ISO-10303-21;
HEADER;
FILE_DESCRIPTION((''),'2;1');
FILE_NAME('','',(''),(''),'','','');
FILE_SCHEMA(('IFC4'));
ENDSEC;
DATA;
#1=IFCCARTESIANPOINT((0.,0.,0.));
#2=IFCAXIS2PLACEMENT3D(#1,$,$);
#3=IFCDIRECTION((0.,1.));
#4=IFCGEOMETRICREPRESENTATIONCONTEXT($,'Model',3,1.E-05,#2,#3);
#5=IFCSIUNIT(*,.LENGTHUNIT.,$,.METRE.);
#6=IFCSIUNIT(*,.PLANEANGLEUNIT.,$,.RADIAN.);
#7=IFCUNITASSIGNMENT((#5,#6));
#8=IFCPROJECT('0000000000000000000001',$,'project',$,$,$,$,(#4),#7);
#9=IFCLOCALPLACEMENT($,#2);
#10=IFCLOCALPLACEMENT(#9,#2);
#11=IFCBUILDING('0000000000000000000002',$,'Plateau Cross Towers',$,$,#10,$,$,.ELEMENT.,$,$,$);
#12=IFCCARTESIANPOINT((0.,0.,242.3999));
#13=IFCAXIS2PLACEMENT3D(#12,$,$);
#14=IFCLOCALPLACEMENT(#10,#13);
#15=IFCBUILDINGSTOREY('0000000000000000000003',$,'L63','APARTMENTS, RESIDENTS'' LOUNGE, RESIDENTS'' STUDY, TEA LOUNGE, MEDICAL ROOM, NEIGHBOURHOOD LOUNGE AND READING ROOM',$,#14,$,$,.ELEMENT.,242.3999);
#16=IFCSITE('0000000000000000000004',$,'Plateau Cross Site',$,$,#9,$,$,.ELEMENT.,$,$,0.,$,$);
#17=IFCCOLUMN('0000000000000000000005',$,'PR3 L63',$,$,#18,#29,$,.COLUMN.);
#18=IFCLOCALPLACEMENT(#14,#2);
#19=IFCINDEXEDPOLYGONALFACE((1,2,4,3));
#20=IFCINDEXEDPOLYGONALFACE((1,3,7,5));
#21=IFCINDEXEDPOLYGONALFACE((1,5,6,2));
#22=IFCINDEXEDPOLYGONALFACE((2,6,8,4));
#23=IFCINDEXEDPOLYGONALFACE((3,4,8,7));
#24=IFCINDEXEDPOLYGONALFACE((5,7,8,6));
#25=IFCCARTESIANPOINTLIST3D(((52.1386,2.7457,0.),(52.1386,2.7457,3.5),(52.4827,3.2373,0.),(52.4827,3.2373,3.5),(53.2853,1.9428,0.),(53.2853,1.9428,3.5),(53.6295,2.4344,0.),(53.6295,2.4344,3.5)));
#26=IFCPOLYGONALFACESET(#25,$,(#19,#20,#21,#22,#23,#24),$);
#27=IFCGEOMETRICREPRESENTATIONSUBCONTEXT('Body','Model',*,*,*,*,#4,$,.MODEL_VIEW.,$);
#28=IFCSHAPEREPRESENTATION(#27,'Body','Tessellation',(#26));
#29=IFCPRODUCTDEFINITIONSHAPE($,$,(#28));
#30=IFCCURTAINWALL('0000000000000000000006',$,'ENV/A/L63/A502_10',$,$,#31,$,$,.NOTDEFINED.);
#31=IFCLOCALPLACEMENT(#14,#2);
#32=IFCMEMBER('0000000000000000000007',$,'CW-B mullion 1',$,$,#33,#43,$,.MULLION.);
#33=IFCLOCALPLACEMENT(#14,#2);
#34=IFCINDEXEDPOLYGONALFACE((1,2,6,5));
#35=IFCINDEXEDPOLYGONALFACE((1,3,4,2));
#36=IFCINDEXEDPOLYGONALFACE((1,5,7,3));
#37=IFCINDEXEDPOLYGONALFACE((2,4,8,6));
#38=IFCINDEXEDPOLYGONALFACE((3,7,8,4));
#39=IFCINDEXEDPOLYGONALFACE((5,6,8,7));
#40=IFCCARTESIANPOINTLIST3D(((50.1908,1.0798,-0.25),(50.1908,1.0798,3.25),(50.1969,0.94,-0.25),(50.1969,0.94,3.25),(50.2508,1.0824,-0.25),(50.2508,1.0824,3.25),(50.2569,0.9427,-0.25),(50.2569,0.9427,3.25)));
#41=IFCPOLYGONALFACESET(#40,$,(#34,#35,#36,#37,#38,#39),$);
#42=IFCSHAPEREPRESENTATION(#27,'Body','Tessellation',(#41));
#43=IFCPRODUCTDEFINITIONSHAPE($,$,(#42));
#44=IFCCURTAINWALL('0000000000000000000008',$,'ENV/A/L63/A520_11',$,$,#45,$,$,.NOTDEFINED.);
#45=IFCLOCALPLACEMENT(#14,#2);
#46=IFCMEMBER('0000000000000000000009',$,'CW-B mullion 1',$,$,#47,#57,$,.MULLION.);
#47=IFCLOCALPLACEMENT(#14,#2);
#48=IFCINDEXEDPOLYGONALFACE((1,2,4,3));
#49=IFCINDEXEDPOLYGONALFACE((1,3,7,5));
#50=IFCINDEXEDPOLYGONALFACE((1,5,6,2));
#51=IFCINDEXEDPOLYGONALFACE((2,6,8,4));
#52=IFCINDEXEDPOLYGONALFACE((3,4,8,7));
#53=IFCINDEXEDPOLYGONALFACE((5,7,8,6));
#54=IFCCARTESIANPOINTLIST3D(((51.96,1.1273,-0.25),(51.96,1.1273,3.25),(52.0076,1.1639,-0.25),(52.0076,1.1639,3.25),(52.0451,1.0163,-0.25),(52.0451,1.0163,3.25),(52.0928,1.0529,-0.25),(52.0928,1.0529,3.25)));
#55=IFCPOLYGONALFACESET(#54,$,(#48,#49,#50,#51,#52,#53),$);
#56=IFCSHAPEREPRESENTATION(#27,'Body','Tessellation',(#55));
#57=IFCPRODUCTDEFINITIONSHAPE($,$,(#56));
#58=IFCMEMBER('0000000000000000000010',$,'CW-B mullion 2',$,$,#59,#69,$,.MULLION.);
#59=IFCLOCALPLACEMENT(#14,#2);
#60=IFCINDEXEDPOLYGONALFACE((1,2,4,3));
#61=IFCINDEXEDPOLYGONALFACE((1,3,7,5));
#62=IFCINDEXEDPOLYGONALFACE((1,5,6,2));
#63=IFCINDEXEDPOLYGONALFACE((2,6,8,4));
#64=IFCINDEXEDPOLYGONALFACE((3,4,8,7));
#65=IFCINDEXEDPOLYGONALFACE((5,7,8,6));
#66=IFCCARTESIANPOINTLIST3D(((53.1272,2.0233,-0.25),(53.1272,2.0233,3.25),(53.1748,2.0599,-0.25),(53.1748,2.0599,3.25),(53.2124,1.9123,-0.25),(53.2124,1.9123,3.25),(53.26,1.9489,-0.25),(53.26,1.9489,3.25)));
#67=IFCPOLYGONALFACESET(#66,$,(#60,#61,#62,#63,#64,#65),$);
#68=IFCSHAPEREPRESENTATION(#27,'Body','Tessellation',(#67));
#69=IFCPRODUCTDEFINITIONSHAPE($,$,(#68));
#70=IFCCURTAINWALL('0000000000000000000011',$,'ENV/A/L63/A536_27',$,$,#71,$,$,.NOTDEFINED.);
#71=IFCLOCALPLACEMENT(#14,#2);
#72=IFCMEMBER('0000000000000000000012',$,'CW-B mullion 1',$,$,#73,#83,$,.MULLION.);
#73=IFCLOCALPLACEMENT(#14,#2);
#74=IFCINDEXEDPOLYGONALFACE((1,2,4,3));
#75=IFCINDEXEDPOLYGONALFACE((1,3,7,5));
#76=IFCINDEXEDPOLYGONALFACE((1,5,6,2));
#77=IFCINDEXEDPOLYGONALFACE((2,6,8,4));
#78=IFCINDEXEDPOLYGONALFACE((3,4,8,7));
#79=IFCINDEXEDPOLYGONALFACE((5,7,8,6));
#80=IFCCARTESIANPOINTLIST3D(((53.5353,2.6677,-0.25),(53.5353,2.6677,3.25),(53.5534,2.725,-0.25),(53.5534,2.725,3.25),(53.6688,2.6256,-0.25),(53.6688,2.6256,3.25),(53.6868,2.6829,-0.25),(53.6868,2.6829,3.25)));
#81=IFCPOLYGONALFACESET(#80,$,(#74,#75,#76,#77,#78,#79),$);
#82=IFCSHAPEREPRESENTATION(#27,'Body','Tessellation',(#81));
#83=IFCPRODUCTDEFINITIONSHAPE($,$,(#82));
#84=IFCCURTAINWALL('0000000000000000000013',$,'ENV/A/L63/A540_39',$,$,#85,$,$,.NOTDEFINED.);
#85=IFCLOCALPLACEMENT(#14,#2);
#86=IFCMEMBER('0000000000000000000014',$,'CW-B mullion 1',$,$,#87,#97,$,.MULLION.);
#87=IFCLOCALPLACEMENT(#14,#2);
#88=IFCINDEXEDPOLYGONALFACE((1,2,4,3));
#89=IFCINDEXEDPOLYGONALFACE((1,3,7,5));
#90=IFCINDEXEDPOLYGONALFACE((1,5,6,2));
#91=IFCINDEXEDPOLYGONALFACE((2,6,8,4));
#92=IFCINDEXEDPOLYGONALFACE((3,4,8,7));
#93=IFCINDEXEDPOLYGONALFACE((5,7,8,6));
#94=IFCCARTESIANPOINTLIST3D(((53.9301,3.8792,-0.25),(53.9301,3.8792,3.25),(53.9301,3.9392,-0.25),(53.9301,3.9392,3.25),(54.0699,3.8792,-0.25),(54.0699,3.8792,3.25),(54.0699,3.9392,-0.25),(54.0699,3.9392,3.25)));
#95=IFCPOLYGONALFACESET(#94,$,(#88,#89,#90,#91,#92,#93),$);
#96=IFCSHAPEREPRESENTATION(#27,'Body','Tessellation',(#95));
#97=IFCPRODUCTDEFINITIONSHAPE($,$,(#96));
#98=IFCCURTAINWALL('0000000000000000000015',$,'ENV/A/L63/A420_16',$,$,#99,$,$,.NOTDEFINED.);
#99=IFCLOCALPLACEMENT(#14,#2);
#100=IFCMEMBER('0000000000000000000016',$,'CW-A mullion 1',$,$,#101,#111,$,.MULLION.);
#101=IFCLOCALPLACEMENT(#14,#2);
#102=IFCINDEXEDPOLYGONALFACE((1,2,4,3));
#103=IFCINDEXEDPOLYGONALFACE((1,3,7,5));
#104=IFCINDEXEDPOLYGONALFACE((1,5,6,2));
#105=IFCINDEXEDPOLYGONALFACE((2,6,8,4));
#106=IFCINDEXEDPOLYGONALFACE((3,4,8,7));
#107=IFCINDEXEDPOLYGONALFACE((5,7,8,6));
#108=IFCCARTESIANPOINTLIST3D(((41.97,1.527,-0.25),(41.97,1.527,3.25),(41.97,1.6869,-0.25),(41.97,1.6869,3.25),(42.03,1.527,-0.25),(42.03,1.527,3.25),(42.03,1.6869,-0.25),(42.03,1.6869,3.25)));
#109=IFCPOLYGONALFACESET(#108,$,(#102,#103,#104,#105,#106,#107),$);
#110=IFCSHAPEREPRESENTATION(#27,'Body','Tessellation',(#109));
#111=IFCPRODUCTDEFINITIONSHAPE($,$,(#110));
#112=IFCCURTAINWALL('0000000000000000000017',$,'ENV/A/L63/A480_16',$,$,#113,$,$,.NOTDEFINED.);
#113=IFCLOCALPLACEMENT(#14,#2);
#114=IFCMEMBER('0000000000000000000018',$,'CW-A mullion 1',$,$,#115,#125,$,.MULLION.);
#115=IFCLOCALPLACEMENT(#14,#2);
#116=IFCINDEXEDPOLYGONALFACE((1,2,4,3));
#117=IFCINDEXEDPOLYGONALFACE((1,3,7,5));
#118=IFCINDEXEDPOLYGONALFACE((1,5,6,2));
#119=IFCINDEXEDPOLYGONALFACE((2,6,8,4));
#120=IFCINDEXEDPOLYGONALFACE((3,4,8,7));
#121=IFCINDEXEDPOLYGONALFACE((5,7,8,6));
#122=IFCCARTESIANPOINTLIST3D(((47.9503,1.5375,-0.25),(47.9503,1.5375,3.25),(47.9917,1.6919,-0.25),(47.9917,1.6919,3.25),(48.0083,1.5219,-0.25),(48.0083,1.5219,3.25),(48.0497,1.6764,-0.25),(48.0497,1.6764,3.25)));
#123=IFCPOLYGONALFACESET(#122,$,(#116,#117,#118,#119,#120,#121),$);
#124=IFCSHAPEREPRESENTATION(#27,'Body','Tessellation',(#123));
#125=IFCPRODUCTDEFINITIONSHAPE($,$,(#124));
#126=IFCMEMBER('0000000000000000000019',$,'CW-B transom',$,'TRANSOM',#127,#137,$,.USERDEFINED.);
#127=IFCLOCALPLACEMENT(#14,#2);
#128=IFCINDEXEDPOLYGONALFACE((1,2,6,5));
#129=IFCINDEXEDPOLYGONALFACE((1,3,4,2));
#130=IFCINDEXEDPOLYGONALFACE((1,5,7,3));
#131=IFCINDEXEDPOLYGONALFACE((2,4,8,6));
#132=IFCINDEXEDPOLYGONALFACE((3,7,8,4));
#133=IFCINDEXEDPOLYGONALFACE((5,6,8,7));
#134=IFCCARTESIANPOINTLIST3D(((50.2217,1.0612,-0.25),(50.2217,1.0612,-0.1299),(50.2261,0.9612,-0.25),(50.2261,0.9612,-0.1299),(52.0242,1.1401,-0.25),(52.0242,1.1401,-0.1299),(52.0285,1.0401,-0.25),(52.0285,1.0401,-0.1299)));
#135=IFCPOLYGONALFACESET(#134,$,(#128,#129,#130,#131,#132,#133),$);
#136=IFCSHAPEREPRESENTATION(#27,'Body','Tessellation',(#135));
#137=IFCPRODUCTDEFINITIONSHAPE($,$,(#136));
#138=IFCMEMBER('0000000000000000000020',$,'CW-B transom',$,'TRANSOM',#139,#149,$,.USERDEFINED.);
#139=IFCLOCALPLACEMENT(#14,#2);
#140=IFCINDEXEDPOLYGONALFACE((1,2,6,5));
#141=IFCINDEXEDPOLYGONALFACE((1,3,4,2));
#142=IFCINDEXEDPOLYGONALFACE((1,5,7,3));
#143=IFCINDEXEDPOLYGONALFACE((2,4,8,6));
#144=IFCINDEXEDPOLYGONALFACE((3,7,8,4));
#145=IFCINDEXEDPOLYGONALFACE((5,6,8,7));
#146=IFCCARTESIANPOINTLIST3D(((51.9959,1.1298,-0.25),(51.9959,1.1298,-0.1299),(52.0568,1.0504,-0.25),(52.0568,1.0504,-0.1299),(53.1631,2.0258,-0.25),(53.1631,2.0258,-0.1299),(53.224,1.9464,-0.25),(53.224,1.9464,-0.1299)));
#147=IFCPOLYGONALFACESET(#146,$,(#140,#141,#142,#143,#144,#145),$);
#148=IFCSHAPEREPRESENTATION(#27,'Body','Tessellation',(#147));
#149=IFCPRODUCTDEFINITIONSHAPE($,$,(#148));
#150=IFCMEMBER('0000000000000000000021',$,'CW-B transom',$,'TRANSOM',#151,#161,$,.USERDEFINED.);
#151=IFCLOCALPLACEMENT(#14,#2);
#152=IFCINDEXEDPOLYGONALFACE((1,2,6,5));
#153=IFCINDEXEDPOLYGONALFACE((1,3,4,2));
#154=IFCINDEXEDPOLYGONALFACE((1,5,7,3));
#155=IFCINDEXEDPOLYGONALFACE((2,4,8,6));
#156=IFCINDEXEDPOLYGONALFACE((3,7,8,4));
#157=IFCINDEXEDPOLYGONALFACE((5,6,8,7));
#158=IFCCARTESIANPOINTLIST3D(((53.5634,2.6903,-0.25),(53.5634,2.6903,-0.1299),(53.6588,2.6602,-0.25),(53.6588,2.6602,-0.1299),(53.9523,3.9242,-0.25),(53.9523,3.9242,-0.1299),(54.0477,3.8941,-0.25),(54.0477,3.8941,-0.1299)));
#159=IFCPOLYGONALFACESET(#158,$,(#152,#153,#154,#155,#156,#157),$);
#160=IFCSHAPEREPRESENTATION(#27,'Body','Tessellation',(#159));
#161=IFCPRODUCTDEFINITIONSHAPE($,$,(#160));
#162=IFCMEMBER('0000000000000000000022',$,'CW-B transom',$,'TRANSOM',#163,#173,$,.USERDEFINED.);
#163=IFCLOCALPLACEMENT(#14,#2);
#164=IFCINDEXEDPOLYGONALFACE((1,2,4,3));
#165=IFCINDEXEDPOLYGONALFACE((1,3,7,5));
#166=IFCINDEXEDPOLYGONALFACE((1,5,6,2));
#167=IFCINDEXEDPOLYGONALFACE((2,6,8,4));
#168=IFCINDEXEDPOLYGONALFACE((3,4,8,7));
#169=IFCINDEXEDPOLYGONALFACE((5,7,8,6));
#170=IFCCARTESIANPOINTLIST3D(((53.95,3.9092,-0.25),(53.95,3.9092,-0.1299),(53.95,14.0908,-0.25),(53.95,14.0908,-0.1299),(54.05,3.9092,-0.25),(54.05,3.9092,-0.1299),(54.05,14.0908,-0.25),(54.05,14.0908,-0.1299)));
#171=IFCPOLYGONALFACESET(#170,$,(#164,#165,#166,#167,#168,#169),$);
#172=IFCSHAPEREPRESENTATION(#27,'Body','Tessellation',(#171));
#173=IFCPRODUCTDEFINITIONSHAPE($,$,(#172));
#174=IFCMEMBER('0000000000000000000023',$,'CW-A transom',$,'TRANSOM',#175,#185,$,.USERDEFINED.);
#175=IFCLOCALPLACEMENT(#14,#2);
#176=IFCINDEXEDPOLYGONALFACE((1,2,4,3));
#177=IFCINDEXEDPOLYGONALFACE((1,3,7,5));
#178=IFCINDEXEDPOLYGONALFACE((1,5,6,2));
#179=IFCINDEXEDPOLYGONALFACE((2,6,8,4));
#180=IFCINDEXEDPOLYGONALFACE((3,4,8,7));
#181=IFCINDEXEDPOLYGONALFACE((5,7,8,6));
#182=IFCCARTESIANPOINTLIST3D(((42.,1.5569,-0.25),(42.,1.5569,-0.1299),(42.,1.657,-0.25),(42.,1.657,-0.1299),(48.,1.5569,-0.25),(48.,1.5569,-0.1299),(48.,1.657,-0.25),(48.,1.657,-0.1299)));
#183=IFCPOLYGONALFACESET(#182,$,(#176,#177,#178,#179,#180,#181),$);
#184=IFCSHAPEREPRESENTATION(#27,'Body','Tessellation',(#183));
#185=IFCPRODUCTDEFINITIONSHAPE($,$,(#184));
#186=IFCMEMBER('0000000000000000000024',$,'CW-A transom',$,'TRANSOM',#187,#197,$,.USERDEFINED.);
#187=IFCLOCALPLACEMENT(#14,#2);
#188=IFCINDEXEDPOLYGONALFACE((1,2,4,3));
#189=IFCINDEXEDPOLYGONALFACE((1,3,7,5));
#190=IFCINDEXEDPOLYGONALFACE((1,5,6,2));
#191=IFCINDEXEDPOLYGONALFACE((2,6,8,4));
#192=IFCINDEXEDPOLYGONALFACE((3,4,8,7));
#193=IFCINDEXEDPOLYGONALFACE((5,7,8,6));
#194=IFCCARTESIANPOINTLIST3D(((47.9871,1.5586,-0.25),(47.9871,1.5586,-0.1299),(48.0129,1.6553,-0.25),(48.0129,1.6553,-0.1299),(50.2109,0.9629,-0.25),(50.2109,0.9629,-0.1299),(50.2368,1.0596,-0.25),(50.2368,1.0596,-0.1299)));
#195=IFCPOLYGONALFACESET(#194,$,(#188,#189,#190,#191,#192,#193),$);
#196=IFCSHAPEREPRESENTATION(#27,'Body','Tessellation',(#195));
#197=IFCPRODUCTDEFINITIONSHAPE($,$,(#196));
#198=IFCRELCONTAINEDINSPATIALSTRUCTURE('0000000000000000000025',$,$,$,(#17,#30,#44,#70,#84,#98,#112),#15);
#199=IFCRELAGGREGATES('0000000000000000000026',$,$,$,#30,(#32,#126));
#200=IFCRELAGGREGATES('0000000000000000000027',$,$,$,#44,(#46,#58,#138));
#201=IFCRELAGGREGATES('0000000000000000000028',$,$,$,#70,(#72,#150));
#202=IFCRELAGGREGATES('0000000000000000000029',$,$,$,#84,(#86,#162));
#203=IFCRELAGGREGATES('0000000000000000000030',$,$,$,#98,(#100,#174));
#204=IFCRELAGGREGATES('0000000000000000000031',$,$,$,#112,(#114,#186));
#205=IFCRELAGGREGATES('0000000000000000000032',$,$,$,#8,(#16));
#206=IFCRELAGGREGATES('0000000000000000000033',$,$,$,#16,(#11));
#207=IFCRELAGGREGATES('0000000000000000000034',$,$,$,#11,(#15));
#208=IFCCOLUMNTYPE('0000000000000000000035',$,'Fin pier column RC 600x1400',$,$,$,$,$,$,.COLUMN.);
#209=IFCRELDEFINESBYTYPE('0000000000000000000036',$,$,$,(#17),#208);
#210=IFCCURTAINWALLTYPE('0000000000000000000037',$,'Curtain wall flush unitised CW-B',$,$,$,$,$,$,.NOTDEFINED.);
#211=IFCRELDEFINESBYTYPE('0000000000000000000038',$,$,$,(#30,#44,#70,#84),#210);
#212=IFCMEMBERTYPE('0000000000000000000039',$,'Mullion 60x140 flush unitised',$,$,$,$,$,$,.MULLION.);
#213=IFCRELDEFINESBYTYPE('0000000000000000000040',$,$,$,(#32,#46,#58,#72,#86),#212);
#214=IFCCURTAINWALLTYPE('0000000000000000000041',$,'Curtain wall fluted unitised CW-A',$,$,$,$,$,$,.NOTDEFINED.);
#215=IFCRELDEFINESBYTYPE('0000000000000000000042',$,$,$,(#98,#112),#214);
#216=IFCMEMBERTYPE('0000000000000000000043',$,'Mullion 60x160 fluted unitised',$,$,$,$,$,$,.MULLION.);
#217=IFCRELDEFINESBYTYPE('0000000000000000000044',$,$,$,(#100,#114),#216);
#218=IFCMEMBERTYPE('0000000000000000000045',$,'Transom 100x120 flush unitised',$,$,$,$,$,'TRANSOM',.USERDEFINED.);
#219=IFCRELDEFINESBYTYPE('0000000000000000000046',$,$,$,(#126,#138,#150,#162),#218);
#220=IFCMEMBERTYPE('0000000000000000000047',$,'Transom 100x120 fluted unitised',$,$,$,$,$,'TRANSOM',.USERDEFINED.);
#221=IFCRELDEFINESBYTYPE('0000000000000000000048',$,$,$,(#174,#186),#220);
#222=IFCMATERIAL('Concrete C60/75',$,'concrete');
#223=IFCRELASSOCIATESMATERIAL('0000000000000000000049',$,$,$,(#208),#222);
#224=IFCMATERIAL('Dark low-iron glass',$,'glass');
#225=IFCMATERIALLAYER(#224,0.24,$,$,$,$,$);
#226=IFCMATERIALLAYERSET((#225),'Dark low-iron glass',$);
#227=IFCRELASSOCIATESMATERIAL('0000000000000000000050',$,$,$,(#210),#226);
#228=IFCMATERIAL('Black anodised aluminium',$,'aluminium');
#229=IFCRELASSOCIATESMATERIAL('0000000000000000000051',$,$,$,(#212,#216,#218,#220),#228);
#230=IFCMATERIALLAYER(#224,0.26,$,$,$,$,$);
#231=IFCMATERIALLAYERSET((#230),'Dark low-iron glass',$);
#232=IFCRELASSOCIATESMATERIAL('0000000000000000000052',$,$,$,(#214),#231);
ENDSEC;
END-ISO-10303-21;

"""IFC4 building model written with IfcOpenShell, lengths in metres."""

from ifc_helpers import new_model, si_unit, direction, frame, origin, origin_2d, place, context, subcontext, project, spatial, rectangle, extrude, material, layer, layer_set, material_profile, profile_set, type_object, element, aggregate, save


model = new_model("IFC4")

# Units and contexts
model_context = context("Model", 3, precision=1e-05, world=origin(), true_north=direction((0.0, 1.0)))
body_context = subcontext(model_context, "Body", "Model", "MODEL_VIEW")
ifc_project = project(units=[si_unit("LENGTHUNIT", "METRE"), si_unit("PLANEANGLEUNIT", "RADIAN")], contexts=[model_context])

# Site, building, storey
site_placement = place(None, origin())
site = spatial("IfcSite", under=ifc_project, at=site_placement, Name="Plateau Cross Site", CompositionType="ELEMENT", RefElevation=0.0)
building_placement = place(site_placement, origin())
building = spatial("IfcBuilding", under=site, at=building_placement, Name="Plateau Cross Towers", CompositionType="ELEMENT")
storey_placement = place(building_placement, frame((0.0, 0.0, 242.3999)))
storey = spatial("IfcBuildingStorey", under=building, at=storey_placement, Name="L63", Description="APARTMENTS, RESIDENTS' LOUNGE, RESIDENTS' STUDY, TEA LOUNGE, MEDICAL ROOM, NEIGHBOURHOOD LOUNGE AND READING ROOM", CompositionType="ELEMENT", Elevation=242.3999)

# Column
ifc_material_1 = material(Name="Concrete C60/75", Category="concrete")
ifc_material_profile_1 = material_profile(ifc_material_1, rectangle(XDim=0.6001, YDim=1.3999, at=origin_2d()), Name="RC 600x1400")
ifc_profile_set_1 = profile_set([ifc_material_profile_1], Name="Concrete C60/75")
column_type = type_object("IfcColumnType", Name="Fin pier column RC 600x1400", PredefinedType="COLUMN", material=ifc_profile_set_1)
column_placement = place(storey_placement, frame((52.884, 2.5901, 0.0), z_axis=(0.0, 0.0, 1.0), x_axis=(0.573543, 0.819176, 0.0)))
element("IfcColumn", 1, at=column_placement, inside=storey, type_object=column_type, Name="PR3 L63", PredefinedType="COLUMN", context=body_context, shape_type="SweptSolid", body=[
    extrude(rectangle(XDim=0.6001, YDim=1.3999, at=origin_2d()), origin(), (0.0, 0.0, 1.0), 3.5),
])

# Curtain wall, member
ifc_material_2 = material(Name="Dark low-iron glass", Category="glass")
ifc_layer_1 = layer(ifc_material_2, 0.24)
ifc_layer_set_1 = layer_set([ifc_layer_1], Name="Dark low-iron glass")
curtain_wall_type_1 = type_object("IfcCurtainWallType", Name="Curtain wall flush unitised CW-B", PredefinedType="NOTDEFINED", material=ifc_layer_set_1)
curtain_wall_1_placement = place(storey_placement, origin())
curtain_wall_1 = element("IfcCurtainWall", 2, at=curtain_wall_1_placement, inside=storey, type_object=curtain_wall_type_1, Name="ENV/A/L63/A502_10", PredefinedType="NOTDEFINED")
ifc_material_3 = material(Name="Black anodised aluminium", Category="aluminium")
ifc_material_profile_2 = material_profile(ifc_material_3, rectangle(XDim=0.0601, YDim=0.1399, at=origin_2d()), Name="MULLION 60x140")
ifc_profile_set_2 = profile_set([ifc_material_profile_2], Name="Black anodised aluminium")
member_type_1 = type_object("IfcMemberType", Name="Mullion 60x140 flush unitised", PredefinedType="MULLION", material=ifc_profile_set_2)
member_1_placement = place(storey_placement, frame((50.2239, 1.0112, -0.25), z_axis=(0.0, 0.0, 1.0), x_axis=(0.999044, 0.043723, 0.0)))
member_1 = element("IfcMember", 3, at=member_1_placement, type_object=member_type_1, Name="CW-B mullion 1", PredefinedType="MULLION", context=body_context, shape_type="SweptSolid", body=[
    extrude(rectangle(XDim=0.0601, YDim=0.1399, at=origin_2d()), origin(), (0.0, 0.0, 1.0), 3.5),
])

# Curtain wall, members
curtain_wall_2_placement = place(storey_placement, origin())
curtain_wall_2 = element("IfcCurtainWall", 4, at=curtain_wall_2_placement, inside=storey, type_object=curtain_wall_type_1, Name="ENV/A/L63/A520_11", PredefinedType="NOTDEFINED")
member_2_placement = place(storey_placement, frame((52.0264, 1.0901, -0.25), z_axis=(0.0, 0.0, 1.0), x_axis=(0.793316, 0.608811, 0.0)))
member_2 = element("IfcMember", 5, at=member_2_placement, type_object=member_type_1, Name="CW-B mullion 1", PredefinedType="MULLION", context=body_context, shape_type="SweptSolid", body=[
    extrude(rectangle(XDim=0.0601, YDim=0.1399, at=origin_2d()), origin(), (0.0, 0.0, 1.0), 3.5),
])
member_3_placement = place(storey_placement, frame((53.1936, 1.9861, -0.25), z_axis=(0.0, 0.0, 1.0), x_axis=(0.793316, 0.608811, 0.0)))
member_3 = element("IfcMember", 6, at=member_3_placement, type_object=member_type_1, Name="CW-B mullion 2", PredefinedType="MULLION", context=body_context, shape_type="SweptSolid", body=[
    extrude(rectangle(XDim=0.0601, YDim=0.1399, at=origin_2d()), origin(), (0.0, 0.0, 1.0), 3.5),
])

# Curtain walls, members
curtain_wall_3_placement = place(storey_placement, origin())
curtain_wall_3 = element("IfcCurtainWall", 7, at=curtain_wall_3_placement, inside=storey, type_object=curtain_wall_type_1, Name="ENV/A/L63/A536_27", PredefinedType="NOTDEFINED")
member_4_placement = place(storey_placement, frame((53.6111, 2.6753, -0.25), z_axis=(0.0, 0.0, 1.0), x_axis=(0.300686, 0.953723, 0.0)))
member_4 = element("IfcMember", 8, at=member_4_placement, type_object=member_type_1, Name="CW-B mullion 1", PredefinedType="MULLION", context=body_context, shape_type="SweptSolid", body=[
    extrude(rectangle(XDim=0.0601, YDim=0.1399, at=origin_2d()), origin(), (0.0, 0.0, 1.0), 3.5),
])
curtain_wall_4_placement = place(storey_placement, origin())
curtain_wall_4 = element("IfcCurtainWall", 9, at=curtain_wall_4_placement, inside=storey, type_object=curtain_wall_type_1, Name="ENV/A/L63/A540_39", PredefinedType="NOTDEFINED")
member_5_placement = place(storey_placement, frame((54.0, 3.9092, -0.25), z_axis=(0.0, 0.0, 1.0), x_axis=(0.0, 1.0, 0.0)))
member_5 = element("IfcMember", 10, at=member_5_placement, type_object=member_type_1, Name="CW-B mullion 1", PredefinedType="MULLION", context=body_context, shape_type="SweptSolid", body=[
    extrude(rectangle(XDim=0.0601, YDim=0.1399, at=origin_2d()), origin(), (0.0, 0.0, 1.0), 3.5),
])
ifc_layer_2 = layer(ifc_material_2, 0.26)
ifc_layer_set_2 = layer_set([ifc_layer_2], Name="Dark low-iron glass")
curtain_wall_type_2 = type_object("IfcCurtainWallType", Name="Curtain wall fluted unitised CW-A", PredefinedType="NOTDEFINED", material=ifc_layer_set_2)
curtain_wall_5_placement = place(storey_placement, origin())
curtain_wall_5 = element("IfcCurtainWall", 11, at=curtain_wall_5_placement, inside=storey, type_object=curtain_wall_type_2, Name="ENV/A/L63/A420_16", PredefinedType="NOTDEFINED")
ifc_material_profile_3 = material_profile(ifc_material_3, rectangle(XDim=0.0601, YDim=0.1599, at=origin_2d()), Name="MULLION 60x160")
ifc_profile_set_3 = profile_set([ifc_material_profile_3], Name="Black anodised aluminium")
member_type_2 = type_object("IfcMemberType", Name="Mullion 60x160 fluted unitised", PredefinedType="MULLION", material=ifc_profile_set_3)
member_6_placement = place(storey_placement, frame((42.0, 1.6069, -0.25), z_axis=(0.0, 0.0, 1.0), x_axis=(1.0, 0.0, 0.0)))
member_6 = element("IfcMember", 12, at=member_6_placement, type_object=member_type_2, Name="CW-A mullion 1", PredefinedType="MULLION", context=body_context, shape_type="SweptSolid", body=[
    extrude(rectangle(XDim=0.0601, YDim=0.1599, at=origin_2d()), origin(), (0.0, 0.0, 1.0), 3.5),
])
curtain_wall_6_placement = place(storey_placement, origin())
curtain_wall_6 = element("IfcCurtainWall", 13, at=curtain_wall_6_placement, inside=storey, type_object=curtain_wall_type_2, Name="ENV/A/L63/A480_16", PredefinedType="NOTDEFINED")
member_7_placement = place(storey_placement, frame((48.0, 1.6069, -0.25), z_axis=(0.0, 0.0, 1.0), x_axis=(0.965958, -0.258699, 0.0)))
member_7 = element("IfcMember", 14, at=member_7_placement, type_object=member_type_2, Name="CW-A mullion 1", PredefinedType="MULLION", context=body_context, shape_type="SweptSolid", body=[
    extrude(rectangle(XDim=0.0601, YDim=0.1599, at=origin_2d()), origin(), (0.0, 0.0, 1.0), 3.5),
])

# Members
ifc_material_profile_4 = material_profile(ifc_material_3, rectangle(XDim=0.1001, YDim=0.1201, at=origin_2d()), Name="TRANSOM 100x120")
ifc_profile_set_4 = profile_set([ifc_material_profile_4], Name="Black anodised aluminium")
member_type_3 = type_object("IfcMemberType", Name="Transom 100x120 flush unitised", ElementType="TRANSOM", PredefinedType="USERDEFINED", material=ifc_profile_set_4)
member_8_placement = place(storey_placement, frame((50.2239, 1.0112, -0.1899), z_axis=(0.999044, 0.043707, 0.0), x_axis=(-0.043707, 0.999044, 0.0)))
member_8 = element("IfcMember", 15, at=member_8_placement, type_object=member_type_3, Name="CW-B transom", ObjectType="TRANSOM", PredefinedType="USERDEFINED", context=body_context, shape_type="SweptSolid", body=[
    extrude(rectangle(XDim=0.1001, YDim=0.1201, at=origin_2d()), origin(), (0.0, 0.0, 1.0), 1.8042),
])
member_9_placement = place(storey_placement, frame((52.0264, 1.0901, -0.1899), z_axis=(0.79324, 0.608909, 0.0), x_axis=(-0.608909, 0.79324, 0.0)))
member_9 = element("IfcMember", 16, at=member_9_placement, type_object=member_type_3, Name="CW-B transom", ObjectType="TRANSOM", PredefinedType="USERDEFINED", context=body_context, shape_type="SweptSolid", body=[
    extrude(rectangle(XDim=0.1001, YDim=0.1201, at=origin_2d()), origin(), (0.0, 0.0, 1.0), 1.4714),
])
member_10_placement = place(storey_placement, frame((53.6111, 2.6753, -0.1899), z_axis=(0.300617, 0.953745, 0.0), x_axis=(-0.953745, 0.300617, 0.0)))
member_10 = element("IfcMember", 17, at=member_10_placement, type_object=member_type_3, Name="CW-B transom", ObjectType="TRANSOM", PredefinedType="USERDEFINED", context=body_context, shape_type="SweptSolid", body=[
    extrude(rectangle(XDim=0.1001, YDim=0.1201, at=origin_2d()), origin(), (0.0, 0.0, 1.0), 1.2937),
])
member_11_placement = place(storey_placement, frame((54.0, 3.9092, -0.1899), z_axis=(0.0, 1.0, 0.0), x_axis=(-1.0, 0.0, 0.0)))
member_11 = element("IfcMember", 18, at=member_11_placement, type_object=member_type_3, Name="CW-B transom", ObjectType="TRANSOM", PredefinedType="USERDEFINED", context=body_context, shape_type="SweptSolid", body=[
    extrude(rectangle(XDim=0.1001, YDim=0.1201, at=origin_2d()), origin(), (0.0, 0.0, 1.0), 10.1816),
])
ifc_material_profile_5 = material_profile(ifc_material_3, rectangle(XDim=0.1001, YDim=0.1201, at=origin_2d()), Name="TRANSOM 100x120")
ifc_profile_set_5 = profile_set([ifc_material_profile_5], Name="Black anodised aluminium")
member_type_4 = type_object("IfcMemberType", Name="Transom 100x120 fluted unitised", ElementType="TRANSOM", PredefinedType="USERDEFINED", material=ifc_profile_set_5)
member_12_placement = place(storey_placement, frame((42.0, 1.6069, -0.1899), z_axis=(1.0, 0.0, 0.0), x_axis=(0.0, 1.0, 0.0)))
member_12 = element("IfcMember", 19, at=member_12_placement, type_object=member_type_4, Name="CW-A transom", ObjectType="TRANSOM", PredefinedType="USERDEFINED", context=body_context, shape_type="SweptSolid", body=[
    extrude(rectangle(XDim=0.1001, YDim=0.1201, at=origin_2d()), origin(), (0.0, 0.0, 1.0), 6.0),
])
member_13_placement = place(storey_placement, frame((48.0, 1.6069, -0.1899), z_axis=(0.965946, -0.258745, 0.0), x_axis=(0.258745, 0.965946, 0.0)))
member_13 = element("IfcMember", 20, at=member_13_placement, type_object=member_type_4, Name="CW-A transom", ObjectType="TRANSOM", PredefinedType="USERDEFINED", context=body_context, shape_type="SweptSolid", body=[
    extrude(rectangle(XDim=0.1001, YDim=0.1201, at=origin_2d()), origin(), (0.0, 0.0, 1.0), 2.3022),
])

aggregate(curtain_wall_1, [member_1, member_8])
aggregate(curtain_wall_2, [member_2, member_3, member_9])
aggregate(curtain_wall_3, [member_4, member_10])
aggregate(curtain_wall_4, [member_5, member_11])
aggregate(curtain_wall_5, [member_6, member_12])
aggregate(curtain_wall_6, [member_7, member_13])

save(model, "model.ifc")
